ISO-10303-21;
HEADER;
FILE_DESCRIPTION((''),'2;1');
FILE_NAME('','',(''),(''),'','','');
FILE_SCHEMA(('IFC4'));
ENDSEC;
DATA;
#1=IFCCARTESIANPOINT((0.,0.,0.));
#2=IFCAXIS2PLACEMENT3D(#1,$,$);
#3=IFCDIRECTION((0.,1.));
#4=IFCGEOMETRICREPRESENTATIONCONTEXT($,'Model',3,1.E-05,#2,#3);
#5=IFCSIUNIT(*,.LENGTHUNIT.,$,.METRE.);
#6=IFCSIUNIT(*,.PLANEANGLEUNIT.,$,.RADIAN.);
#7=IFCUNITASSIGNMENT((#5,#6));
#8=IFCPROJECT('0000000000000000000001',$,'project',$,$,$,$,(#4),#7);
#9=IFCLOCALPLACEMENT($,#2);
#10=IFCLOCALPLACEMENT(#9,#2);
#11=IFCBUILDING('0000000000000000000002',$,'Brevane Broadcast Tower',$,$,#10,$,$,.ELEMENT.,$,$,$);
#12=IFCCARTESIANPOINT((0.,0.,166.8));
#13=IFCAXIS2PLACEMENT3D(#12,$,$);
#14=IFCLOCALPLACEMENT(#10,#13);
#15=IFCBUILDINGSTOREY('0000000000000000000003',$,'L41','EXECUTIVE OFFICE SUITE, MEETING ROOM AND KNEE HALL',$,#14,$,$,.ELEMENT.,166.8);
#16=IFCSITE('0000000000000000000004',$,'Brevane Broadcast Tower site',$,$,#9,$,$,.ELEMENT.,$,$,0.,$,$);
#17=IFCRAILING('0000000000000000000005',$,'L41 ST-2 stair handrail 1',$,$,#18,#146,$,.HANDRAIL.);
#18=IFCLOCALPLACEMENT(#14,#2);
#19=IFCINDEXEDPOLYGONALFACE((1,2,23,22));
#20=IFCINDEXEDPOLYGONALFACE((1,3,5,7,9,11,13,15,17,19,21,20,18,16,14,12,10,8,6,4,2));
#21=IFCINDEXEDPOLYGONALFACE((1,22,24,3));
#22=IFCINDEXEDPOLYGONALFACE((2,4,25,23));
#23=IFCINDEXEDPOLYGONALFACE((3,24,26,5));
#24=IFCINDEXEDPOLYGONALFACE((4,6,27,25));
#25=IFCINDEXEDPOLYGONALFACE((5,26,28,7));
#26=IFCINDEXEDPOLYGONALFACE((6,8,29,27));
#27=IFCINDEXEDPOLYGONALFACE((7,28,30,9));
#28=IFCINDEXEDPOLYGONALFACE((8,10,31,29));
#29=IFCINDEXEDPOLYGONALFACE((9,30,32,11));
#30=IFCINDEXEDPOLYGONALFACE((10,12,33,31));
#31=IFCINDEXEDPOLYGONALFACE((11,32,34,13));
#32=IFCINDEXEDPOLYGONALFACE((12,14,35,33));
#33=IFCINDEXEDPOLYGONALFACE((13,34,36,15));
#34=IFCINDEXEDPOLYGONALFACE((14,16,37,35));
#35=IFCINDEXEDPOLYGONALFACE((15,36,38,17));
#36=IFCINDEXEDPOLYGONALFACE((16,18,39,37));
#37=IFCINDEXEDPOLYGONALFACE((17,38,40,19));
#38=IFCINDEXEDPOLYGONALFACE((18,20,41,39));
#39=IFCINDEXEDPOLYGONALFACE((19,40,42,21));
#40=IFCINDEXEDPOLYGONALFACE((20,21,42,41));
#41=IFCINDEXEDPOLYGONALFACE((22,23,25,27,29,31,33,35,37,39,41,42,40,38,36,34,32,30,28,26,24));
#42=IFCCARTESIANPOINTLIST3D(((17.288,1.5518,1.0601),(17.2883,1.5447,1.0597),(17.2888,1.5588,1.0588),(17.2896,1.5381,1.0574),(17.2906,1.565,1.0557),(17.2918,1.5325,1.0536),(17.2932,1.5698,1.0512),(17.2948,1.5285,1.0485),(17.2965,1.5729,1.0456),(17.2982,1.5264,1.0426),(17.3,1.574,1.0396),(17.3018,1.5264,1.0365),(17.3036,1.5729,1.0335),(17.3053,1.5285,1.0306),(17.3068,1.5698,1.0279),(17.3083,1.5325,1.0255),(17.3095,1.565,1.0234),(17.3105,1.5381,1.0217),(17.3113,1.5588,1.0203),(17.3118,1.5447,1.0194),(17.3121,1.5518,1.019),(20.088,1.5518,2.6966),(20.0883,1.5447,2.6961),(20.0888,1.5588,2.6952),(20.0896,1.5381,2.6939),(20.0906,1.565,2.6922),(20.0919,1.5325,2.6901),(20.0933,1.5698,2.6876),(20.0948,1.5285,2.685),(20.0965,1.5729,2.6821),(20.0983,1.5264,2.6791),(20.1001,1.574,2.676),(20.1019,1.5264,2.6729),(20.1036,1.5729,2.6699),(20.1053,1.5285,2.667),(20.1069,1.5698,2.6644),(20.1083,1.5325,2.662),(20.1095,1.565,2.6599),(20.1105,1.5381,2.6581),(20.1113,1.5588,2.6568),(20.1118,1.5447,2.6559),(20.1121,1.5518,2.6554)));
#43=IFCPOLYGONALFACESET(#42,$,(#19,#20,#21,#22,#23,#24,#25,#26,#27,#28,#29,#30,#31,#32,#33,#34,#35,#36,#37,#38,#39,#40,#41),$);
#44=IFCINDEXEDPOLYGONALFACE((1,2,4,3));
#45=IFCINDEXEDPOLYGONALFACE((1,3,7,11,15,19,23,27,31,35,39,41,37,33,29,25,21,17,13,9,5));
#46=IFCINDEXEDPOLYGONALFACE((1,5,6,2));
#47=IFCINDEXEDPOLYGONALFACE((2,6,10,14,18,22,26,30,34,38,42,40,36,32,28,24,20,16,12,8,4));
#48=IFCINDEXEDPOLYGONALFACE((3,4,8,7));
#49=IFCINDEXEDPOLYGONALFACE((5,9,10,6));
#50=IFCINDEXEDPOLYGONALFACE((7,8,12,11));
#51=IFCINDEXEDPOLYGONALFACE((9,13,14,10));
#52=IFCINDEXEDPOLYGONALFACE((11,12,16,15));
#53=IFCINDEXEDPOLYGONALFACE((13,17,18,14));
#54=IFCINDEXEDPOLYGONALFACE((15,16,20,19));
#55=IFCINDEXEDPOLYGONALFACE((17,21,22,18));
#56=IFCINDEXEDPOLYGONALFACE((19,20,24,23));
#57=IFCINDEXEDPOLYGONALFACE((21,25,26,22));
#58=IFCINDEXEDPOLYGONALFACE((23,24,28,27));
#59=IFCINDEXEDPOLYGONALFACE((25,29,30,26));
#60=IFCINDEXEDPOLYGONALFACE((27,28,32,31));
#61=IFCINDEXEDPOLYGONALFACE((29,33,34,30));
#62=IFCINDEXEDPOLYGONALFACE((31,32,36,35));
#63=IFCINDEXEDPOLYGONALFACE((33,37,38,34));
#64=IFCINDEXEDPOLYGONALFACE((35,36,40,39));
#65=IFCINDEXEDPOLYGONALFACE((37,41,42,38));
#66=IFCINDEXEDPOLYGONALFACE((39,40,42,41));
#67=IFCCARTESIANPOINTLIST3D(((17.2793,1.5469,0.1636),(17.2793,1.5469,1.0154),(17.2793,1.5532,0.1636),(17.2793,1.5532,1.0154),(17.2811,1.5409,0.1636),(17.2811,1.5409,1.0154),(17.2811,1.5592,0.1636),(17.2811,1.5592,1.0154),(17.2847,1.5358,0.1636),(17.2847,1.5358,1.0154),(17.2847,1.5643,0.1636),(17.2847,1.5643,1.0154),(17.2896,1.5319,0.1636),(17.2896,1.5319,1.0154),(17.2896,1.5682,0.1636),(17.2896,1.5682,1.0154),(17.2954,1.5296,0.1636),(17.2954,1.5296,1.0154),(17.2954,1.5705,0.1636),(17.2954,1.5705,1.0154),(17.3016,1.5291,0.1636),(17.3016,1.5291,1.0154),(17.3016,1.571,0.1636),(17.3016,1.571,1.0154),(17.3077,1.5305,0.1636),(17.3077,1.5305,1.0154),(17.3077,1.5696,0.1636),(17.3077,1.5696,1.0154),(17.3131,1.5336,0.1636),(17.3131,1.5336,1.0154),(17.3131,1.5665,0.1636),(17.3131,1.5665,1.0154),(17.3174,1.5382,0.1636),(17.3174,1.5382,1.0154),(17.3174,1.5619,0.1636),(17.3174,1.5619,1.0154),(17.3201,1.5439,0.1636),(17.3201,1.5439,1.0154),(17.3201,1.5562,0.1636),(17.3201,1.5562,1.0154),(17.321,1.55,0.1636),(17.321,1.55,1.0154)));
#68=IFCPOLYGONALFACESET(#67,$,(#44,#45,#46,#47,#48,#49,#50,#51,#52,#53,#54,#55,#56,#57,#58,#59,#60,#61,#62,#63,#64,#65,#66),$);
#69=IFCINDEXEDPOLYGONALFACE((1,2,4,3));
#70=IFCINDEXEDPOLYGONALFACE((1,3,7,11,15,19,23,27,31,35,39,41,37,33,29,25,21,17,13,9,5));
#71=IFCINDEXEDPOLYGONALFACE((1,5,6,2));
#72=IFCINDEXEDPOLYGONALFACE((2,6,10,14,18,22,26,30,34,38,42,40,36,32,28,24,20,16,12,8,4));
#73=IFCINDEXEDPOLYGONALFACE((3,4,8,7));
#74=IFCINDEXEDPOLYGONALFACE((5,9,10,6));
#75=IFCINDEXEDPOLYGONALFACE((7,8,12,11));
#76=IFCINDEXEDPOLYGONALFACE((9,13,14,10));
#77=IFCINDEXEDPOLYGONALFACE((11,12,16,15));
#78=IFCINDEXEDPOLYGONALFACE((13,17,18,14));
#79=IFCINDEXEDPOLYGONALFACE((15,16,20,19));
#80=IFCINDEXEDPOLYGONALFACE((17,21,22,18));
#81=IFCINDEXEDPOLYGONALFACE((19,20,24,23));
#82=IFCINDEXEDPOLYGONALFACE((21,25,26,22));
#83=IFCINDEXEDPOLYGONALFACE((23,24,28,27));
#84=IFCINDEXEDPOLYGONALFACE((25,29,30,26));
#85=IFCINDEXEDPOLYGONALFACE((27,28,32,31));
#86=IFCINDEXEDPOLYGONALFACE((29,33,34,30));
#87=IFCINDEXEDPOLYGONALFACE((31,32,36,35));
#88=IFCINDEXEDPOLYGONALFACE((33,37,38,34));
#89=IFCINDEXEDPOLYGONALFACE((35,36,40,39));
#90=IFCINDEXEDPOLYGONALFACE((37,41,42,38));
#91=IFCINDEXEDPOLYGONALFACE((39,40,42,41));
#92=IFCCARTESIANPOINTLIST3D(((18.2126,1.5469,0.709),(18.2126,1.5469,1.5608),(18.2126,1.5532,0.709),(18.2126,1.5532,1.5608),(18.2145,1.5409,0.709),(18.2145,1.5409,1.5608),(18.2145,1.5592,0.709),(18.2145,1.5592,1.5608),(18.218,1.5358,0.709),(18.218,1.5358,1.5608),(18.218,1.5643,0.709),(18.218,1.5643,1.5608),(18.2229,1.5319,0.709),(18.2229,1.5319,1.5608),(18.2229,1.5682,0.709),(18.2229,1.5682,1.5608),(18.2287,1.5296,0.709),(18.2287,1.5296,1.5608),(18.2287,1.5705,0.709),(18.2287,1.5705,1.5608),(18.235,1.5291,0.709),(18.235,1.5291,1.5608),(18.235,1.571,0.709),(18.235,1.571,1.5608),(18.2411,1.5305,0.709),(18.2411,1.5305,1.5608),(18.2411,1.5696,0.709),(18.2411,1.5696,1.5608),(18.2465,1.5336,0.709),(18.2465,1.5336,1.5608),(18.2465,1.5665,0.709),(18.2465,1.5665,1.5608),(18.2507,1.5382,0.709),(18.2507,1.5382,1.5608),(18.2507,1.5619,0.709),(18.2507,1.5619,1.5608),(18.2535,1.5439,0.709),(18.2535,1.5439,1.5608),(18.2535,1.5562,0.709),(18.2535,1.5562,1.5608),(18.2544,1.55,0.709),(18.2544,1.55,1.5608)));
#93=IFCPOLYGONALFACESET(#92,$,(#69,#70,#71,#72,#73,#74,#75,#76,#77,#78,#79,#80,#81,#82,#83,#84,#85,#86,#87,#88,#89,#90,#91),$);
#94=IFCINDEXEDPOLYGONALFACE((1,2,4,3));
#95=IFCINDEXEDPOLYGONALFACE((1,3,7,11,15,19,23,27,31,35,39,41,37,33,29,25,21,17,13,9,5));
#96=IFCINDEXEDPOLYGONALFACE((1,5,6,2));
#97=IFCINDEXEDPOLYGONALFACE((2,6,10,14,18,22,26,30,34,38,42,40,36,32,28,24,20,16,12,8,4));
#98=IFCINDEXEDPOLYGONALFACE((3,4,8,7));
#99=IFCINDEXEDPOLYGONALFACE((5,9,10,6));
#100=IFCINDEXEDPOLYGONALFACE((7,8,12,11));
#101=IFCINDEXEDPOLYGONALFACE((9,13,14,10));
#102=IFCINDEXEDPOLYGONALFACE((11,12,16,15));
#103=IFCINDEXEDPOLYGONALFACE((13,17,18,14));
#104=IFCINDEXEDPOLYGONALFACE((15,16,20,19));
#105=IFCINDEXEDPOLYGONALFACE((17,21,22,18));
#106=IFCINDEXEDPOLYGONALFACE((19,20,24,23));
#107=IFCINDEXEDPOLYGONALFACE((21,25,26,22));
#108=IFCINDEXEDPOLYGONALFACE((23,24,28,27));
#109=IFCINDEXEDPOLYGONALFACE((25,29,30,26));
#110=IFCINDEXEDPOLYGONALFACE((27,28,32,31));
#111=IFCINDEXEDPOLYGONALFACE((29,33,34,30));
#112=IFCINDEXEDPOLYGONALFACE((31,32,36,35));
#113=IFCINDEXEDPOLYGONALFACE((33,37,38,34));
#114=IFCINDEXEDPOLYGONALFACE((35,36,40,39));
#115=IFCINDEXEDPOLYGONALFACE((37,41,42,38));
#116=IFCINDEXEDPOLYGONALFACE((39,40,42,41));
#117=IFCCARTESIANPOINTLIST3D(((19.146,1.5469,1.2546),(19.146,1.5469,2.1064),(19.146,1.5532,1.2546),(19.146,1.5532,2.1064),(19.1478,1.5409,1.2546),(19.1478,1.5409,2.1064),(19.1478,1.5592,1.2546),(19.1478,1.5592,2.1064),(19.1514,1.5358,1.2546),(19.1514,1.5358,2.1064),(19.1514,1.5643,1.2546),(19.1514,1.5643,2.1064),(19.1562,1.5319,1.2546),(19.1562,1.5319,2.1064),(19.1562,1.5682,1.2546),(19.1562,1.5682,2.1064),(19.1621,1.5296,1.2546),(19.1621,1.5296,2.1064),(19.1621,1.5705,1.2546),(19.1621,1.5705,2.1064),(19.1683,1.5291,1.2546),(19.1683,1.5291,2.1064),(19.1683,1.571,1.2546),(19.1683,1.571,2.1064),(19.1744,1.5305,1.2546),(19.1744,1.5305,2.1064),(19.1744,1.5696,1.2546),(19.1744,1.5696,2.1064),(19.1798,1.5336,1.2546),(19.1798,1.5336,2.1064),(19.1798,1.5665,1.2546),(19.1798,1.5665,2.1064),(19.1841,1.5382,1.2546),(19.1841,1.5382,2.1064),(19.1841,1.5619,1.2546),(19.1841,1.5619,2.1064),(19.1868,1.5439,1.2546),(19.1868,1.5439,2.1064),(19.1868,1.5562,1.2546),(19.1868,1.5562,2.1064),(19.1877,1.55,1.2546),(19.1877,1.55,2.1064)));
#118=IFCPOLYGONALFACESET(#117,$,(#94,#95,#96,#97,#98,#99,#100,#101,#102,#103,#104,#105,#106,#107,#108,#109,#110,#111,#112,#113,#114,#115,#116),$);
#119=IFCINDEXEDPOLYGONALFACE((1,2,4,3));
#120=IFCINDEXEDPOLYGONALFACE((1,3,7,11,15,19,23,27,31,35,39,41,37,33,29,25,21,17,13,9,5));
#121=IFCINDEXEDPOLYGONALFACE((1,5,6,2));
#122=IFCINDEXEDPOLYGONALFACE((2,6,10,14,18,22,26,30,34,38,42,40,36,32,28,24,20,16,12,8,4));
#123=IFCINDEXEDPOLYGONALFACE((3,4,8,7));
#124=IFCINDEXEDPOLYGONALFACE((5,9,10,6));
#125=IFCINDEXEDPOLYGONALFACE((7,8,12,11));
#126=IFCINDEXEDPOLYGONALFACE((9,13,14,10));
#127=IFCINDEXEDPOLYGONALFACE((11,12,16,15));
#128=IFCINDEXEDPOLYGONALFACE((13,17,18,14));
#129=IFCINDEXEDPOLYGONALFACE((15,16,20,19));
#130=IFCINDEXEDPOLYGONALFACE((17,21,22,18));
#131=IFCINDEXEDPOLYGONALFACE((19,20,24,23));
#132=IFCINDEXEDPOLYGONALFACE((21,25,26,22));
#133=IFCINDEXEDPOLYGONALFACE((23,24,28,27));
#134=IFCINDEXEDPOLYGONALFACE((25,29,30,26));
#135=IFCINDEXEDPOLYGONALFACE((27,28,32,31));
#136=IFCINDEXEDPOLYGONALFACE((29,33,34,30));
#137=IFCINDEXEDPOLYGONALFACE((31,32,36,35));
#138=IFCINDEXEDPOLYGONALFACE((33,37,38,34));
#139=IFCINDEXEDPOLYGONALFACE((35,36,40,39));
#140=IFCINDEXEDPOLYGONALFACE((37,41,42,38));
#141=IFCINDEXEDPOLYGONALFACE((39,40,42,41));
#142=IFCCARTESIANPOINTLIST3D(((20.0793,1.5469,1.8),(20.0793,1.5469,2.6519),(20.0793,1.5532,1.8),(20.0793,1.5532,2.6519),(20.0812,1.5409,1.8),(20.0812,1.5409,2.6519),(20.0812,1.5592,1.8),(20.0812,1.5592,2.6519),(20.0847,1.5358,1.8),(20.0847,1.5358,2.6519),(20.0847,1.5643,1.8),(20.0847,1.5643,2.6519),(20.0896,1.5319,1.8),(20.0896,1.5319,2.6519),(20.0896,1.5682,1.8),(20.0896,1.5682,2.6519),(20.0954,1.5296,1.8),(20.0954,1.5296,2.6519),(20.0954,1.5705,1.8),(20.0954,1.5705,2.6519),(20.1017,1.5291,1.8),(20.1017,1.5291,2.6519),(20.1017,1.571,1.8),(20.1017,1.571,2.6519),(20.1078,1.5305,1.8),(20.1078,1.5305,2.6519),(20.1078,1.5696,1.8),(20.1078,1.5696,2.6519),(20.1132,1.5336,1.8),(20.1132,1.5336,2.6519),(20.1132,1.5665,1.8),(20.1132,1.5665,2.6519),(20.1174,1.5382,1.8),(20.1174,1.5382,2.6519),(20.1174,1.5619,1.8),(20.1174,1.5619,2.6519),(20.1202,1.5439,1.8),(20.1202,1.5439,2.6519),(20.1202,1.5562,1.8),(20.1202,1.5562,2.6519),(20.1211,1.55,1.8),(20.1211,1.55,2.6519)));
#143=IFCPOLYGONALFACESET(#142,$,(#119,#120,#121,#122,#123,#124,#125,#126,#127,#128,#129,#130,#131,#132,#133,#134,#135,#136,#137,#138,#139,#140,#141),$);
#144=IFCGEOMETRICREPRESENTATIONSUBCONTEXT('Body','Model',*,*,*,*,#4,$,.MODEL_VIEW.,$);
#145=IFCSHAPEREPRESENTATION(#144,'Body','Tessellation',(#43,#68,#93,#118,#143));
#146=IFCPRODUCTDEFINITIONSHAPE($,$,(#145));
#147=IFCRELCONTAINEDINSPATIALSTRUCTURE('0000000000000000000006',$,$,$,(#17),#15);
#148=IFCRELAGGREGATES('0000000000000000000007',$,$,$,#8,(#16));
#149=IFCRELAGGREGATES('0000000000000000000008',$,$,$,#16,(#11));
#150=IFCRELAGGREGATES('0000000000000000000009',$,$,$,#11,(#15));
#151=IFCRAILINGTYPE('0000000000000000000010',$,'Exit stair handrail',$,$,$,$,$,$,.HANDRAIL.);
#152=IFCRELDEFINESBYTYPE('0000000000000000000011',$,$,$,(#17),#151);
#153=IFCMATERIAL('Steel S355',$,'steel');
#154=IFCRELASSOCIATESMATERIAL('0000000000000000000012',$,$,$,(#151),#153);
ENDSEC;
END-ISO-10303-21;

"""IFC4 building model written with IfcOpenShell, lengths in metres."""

from ifc_helpers import new_model, si_unit, direction, frame, origin, origin_2d, place, context, subcontext, project, spatial, circle, extrude, material, type_object, element, save


model = new_model("IFC4")

# Units and contexts
model_context = context("Model", 3, precision=1e-05, world=origin(), true_north=direction((0.0, 1.0)))
body_context = subcontext(model_context, "Body", "Model", "MODEL_VIEW")
ifc_project = project(units=[si_unit("LENGTHUNIT", "METRE"), si_unit("PLANEANGLEUNIT", "RADIAN")], contexts=[model_context])

# Site, building, storey
site_placement = place(None, origin())
site = spatial("IfcSite", under=ifc_project, at=site_placement, Name="Brevane Broadcast Tower site", CompositionType="ELEMENT", RefElevation=0.0)
building_placement = place(site_placement, origin())
building = spatial("IfcBuilding", under=site, at=building_placement, Name="Brevane Broadcast Tower", CompositionType="ELEMENT")
storey_placement = place(building_placement, frame((0.0, 0.0, 166.8)))
storey = spatial("IfcBuildingStorey", under=building, at=storey_placement, Name="L41", Description="EXECUTIVE OFFICE SUITE, MEETING ROOM AND KNEE HALL", CompositionType="ELEMENT", Elevation=166.8)

# Railing
ifc_material_1 = material(Name="Steel S355", Category="steel")
railing_type_1 = type_object("IfcRailingType", Name="Exit stair handrail", PredefinedType="HANDRAIL", material=ifc_material_1)
railing_1_placement = place(storey_placement, frame((17.3, 1.55, 0.1636)))
element("IfcRailing", 1, at=railing_1_placement, inside=storey, type_object=railing_type_1, Name="L41 ST-2 stair handrail 1", PredefinedType="HANDRAIL", context=body_context, shape_type="SweptSolid", body=[
    extrude(circle(Radius=0.0239, at=origin_2d()), frame((0.0, 0.0, 0.876), z_axis=(0.863361, 0.0, 0.504587), x_axis=(0.0, 1.0, 0.0)), (0.0, 0.0, 1.0), 3.2432),
    extrude(circle(Radius=0.021, at=origin_2d()), origin(), (0.0, 0.0, 1.0), 0.8518),
    extrude(circle(Radius=0.021, at=origin_2d()), frame((0.9333, 0.0, 0.5454)), (0.0, 0.0, 1.0), 0.8518),
    extrude(circle(Radius=0.021, at=origin_2d()), frame((1.8667, 0.0, 1.0911)), (0.0, 0.0, 1.0), 0.8518),
    extrude(circle(Radius=0.021, at=origin_2d()), frame((2.8, 0.0, 1.6365)), (0.0, 0.0, 1.0), 0.8518),
])

save(model, "model.ifc")
